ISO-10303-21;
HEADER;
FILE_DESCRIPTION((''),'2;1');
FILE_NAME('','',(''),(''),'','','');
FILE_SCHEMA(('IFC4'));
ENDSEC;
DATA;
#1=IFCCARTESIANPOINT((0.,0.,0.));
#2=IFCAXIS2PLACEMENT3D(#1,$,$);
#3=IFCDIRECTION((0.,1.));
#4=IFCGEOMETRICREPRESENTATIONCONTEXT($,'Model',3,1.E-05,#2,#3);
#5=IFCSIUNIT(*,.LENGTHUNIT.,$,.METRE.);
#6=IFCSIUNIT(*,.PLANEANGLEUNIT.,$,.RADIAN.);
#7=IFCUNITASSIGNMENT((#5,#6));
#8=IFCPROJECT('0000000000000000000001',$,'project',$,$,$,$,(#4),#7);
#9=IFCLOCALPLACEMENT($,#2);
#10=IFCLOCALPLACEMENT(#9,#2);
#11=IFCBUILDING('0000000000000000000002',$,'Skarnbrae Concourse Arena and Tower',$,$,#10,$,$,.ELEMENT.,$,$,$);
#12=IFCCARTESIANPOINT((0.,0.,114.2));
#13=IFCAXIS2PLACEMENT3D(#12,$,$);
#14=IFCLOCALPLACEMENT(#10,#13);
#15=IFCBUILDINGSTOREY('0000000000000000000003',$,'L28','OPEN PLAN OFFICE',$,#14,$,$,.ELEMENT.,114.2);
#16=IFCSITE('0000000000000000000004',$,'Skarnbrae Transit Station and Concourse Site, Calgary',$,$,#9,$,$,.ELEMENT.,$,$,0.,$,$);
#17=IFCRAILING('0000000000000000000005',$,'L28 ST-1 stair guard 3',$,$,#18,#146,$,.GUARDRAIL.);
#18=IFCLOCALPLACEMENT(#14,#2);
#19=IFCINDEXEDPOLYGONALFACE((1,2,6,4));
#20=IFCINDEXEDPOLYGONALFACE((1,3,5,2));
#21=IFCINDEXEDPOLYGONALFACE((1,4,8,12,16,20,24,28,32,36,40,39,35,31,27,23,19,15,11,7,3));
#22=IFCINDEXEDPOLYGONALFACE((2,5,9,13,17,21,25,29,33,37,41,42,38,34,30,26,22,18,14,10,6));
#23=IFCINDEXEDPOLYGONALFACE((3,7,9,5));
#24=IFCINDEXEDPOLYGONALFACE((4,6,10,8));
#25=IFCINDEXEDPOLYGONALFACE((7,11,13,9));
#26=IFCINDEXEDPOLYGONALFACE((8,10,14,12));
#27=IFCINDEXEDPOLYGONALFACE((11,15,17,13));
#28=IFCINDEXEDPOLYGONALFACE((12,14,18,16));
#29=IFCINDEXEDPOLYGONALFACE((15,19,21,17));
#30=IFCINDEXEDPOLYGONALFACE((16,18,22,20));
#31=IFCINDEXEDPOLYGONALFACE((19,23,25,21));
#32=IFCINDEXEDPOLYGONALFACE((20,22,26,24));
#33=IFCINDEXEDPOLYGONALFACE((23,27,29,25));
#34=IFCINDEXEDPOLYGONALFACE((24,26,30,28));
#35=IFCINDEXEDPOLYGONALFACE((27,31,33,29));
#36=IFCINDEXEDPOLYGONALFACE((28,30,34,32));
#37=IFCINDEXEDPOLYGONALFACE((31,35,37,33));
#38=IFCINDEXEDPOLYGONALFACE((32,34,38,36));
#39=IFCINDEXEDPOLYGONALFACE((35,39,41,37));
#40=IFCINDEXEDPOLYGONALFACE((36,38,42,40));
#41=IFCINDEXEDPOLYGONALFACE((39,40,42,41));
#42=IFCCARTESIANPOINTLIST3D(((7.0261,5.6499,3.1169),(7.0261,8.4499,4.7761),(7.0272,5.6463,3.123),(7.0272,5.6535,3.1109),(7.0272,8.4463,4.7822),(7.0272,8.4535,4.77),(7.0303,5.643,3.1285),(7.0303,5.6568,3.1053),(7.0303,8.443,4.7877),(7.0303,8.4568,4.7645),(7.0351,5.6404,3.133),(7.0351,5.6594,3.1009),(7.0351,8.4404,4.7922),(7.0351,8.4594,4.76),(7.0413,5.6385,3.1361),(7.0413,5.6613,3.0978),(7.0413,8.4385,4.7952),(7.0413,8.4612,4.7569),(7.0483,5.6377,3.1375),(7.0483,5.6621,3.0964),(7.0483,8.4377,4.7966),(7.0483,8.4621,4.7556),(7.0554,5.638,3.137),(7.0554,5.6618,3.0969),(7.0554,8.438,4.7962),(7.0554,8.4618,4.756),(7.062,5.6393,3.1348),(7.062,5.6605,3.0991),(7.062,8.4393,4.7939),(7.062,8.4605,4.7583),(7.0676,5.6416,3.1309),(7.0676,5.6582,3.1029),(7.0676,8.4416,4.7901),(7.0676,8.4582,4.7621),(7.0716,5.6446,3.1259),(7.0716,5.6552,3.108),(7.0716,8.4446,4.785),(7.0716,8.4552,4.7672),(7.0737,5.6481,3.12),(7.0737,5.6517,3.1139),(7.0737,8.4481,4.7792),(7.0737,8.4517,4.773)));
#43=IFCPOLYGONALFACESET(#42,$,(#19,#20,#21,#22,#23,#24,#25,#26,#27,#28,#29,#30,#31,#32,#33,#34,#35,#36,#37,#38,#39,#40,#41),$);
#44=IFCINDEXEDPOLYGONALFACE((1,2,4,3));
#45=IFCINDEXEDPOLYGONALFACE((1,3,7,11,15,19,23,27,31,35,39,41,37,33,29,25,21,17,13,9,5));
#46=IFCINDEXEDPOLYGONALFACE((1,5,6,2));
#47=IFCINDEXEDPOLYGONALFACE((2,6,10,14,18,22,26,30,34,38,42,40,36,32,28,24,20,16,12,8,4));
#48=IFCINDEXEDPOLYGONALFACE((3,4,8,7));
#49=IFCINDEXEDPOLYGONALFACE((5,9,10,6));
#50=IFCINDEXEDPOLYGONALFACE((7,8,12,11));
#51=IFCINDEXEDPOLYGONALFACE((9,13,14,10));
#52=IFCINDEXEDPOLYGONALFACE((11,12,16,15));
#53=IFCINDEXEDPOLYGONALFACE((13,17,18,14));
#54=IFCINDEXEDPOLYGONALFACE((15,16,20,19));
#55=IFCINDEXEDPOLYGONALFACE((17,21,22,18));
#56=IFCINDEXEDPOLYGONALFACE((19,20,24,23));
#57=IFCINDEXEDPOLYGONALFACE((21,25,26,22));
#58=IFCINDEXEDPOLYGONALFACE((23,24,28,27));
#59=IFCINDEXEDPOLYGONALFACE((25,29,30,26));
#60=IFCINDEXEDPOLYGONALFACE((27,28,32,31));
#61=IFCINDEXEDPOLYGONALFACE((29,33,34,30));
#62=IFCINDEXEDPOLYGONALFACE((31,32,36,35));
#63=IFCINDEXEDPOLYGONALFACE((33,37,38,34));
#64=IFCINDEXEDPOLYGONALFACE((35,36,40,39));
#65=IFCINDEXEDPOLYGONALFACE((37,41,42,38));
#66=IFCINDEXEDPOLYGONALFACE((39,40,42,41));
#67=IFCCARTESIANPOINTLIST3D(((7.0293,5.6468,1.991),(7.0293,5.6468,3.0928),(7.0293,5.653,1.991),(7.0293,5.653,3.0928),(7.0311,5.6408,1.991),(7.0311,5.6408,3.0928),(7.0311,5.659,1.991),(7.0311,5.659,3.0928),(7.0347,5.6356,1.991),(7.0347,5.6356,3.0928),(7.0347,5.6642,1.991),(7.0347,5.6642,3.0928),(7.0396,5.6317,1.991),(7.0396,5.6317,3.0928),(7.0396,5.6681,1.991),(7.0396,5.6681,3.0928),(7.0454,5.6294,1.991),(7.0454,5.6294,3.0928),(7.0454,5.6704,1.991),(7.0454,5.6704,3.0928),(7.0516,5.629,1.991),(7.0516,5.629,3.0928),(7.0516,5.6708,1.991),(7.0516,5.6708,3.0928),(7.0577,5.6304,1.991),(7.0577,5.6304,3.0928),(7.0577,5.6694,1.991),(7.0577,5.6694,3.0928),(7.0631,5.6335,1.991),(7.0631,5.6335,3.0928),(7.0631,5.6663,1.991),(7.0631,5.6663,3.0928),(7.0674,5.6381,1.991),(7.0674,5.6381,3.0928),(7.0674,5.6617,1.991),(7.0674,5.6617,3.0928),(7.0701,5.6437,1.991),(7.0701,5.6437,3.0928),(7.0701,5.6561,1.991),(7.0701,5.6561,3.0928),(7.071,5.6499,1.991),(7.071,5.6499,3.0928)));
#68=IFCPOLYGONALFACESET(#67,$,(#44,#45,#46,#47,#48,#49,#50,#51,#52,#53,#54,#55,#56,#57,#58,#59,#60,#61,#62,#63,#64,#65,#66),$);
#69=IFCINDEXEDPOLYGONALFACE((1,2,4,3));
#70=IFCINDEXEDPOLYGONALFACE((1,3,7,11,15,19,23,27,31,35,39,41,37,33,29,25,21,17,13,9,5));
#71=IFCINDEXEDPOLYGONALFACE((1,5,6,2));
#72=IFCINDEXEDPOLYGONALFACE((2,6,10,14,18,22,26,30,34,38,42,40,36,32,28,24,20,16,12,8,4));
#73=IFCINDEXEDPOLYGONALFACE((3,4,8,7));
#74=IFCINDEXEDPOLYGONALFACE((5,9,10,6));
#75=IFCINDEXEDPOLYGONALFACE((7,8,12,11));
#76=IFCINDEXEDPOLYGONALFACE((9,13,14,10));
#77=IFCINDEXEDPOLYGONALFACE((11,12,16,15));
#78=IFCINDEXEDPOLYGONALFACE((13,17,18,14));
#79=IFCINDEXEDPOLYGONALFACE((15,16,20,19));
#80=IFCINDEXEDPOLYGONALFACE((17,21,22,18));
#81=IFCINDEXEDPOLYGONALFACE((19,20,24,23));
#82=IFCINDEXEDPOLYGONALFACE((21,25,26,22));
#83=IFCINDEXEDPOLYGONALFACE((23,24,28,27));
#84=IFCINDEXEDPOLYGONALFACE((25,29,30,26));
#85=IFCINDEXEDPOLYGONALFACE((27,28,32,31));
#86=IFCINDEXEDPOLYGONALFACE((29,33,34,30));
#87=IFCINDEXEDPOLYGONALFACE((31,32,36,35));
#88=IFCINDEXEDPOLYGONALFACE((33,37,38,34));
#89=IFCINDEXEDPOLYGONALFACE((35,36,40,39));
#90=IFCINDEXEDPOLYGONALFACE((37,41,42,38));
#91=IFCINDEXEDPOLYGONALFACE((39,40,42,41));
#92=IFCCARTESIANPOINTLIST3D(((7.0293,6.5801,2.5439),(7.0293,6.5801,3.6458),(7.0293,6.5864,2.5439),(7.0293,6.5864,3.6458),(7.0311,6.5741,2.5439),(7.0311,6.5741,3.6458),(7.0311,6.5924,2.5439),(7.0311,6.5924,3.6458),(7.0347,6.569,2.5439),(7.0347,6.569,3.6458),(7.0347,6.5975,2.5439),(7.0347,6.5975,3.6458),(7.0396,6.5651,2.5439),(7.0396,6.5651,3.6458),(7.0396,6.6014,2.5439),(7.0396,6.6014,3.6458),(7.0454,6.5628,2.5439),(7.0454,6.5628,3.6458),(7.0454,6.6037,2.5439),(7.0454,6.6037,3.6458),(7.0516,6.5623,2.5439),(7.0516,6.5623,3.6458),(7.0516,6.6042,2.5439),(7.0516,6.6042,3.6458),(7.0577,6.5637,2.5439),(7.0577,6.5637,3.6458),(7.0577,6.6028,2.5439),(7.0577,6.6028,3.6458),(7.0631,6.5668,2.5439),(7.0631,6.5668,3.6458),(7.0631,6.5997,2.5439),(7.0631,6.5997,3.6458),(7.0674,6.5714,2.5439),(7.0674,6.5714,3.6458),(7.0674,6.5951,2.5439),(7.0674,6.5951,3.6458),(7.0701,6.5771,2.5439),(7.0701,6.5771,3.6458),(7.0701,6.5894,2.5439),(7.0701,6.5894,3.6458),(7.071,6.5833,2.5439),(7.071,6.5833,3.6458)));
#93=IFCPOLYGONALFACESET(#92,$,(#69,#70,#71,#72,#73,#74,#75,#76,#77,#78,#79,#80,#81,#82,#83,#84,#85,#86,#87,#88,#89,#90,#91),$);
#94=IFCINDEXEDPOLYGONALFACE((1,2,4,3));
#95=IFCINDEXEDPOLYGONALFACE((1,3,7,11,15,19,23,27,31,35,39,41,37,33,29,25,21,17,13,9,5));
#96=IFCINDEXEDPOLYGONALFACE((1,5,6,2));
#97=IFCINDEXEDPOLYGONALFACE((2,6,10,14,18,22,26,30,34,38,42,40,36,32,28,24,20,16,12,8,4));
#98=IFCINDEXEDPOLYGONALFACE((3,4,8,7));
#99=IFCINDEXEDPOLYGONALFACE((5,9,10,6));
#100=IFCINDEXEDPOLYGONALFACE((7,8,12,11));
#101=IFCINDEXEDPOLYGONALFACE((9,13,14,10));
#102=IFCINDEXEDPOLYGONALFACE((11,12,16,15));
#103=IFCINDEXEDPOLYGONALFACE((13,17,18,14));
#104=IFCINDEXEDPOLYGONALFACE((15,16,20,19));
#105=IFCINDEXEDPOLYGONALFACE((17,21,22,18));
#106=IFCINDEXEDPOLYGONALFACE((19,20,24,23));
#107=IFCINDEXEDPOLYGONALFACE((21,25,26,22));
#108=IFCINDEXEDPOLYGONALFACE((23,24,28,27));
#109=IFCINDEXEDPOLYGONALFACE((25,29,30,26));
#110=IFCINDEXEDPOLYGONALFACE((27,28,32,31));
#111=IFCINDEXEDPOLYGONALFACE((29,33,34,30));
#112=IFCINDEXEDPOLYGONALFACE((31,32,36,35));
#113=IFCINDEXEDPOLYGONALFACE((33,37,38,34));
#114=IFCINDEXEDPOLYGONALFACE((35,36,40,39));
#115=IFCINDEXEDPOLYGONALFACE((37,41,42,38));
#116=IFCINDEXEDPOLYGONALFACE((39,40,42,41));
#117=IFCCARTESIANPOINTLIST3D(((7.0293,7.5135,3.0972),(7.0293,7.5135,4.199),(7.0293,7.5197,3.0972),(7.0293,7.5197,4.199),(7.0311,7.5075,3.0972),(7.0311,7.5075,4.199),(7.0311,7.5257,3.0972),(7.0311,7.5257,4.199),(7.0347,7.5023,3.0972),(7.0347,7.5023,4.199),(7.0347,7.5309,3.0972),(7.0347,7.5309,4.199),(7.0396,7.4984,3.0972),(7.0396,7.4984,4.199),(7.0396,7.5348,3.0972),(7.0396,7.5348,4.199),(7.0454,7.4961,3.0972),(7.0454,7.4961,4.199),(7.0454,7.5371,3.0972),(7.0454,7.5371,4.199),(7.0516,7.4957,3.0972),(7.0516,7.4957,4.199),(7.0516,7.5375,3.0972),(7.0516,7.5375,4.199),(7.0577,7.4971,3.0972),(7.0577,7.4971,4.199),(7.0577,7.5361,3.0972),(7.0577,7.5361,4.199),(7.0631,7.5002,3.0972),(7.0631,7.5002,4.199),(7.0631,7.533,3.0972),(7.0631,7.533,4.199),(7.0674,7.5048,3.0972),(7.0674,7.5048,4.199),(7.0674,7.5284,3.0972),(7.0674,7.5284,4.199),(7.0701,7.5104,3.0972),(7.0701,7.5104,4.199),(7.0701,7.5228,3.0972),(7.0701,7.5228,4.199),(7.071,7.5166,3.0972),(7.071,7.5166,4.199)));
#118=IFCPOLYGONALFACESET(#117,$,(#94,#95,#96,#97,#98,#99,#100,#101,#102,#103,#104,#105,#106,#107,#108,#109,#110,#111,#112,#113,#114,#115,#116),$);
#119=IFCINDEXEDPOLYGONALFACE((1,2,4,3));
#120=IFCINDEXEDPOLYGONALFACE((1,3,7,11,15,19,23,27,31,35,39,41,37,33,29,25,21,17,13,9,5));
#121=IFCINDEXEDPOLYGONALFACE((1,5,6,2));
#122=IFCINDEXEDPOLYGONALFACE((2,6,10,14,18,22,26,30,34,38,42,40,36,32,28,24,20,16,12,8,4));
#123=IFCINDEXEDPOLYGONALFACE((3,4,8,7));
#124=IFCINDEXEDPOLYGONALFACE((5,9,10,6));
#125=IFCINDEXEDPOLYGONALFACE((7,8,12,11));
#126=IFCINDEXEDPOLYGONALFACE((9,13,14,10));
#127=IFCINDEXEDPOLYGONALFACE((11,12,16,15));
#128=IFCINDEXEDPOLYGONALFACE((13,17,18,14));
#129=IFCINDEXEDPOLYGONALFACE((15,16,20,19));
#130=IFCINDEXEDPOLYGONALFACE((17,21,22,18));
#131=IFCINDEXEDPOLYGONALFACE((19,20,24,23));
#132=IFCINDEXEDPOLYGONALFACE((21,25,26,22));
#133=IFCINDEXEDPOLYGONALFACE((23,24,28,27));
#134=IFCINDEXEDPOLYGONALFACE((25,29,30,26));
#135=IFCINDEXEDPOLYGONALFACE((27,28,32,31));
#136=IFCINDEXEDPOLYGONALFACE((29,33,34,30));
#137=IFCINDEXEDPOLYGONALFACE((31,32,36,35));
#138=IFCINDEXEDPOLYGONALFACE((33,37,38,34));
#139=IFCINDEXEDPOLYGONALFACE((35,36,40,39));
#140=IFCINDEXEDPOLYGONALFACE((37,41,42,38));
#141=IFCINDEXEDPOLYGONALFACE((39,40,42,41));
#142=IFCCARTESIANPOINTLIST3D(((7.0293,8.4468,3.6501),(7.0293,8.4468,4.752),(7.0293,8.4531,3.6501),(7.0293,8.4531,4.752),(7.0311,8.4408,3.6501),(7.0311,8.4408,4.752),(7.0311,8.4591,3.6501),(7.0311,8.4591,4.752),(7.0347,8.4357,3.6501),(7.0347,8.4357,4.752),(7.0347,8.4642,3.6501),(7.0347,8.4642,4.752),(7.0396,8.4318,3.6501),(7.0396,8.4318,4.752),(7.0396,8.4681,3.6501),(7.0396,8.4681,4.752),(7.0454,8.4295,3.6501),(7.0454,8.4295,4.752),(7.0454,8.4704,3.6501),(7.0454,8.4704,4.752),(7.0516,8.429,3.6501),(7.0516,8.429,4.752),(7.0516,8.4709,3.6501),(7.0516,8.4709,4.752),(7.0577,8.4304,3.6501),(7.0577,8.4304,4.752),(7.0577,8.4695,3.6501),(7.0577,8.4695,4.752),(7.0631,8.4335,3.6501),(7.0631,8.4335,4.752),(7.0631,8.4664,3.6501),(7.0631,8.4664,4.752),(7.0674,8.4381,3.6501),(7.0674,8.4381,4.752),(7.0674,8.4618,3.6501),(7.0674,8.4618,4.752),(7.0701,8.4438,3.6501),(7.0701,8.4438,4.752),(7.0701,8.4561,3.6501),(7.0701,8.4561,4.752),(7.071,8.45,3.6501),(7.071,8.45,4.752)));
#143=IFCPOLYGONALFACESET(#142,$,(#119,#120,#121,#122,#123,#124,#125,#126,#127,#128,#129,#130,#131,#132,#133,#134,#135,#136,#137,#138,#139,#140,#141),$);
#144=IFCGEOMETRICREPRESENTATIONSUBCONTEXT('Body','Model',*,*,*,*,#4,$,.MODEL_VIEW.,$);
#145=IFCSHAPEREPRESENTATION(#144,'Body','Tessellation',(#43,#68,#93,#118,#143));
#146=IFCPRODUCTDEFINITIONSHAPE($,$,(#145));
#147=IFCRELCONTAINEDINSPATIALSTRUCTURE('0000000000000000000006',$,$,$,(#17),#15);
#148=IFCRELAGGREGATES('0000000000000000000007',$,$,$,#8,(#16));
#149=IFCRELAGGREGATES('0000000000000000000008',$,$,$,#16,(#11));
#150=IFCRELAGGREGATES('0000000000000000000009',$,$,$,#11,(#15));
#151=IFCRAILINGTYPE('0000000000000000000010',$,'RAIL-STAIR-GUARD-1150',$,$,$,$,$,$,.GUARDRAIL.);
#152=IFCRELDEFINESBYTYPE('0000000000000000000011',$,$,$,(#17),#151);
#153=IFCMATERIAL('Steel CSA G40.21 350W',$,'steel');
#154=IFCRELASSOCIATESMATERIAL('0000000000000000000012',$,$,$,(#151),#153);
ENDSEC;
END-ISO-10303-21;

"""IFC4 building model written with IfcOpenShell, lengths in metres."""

from ifc_helpers import new_model, si_unit, direction, frame, origin, origin_2d, place, context, subcontext, project, spatial, circle, extrude, material, type_object, element, save


model = new_model("IFC4")

# Units and contexts
model_context = context("Model", 3, precision=1e-05, world=origin(), true_north=direction((0.0, 1.0)))
body_context = subcontext(model_context, "Body", "Model", "MODEL_VIEW")
ifc_project = project(units=[si_unit("LENGTHUNIT", "METRE"), si_unit("PLANEANGLEUNIT", "RADIAN")], contexts=[model_context])

# Site, building, storey
site_placement = place(None, origin())
site = spatial("IfcSite", under=ifc_project, at=site_placement, Name="Skarnbrae Transit Station and Concourse Site, Calgary", CompositionType="ELEMENT", RefElevation=0.0)
building_placement = place(site_placement, origin())
building = spatial("IfcBuilding", under=site, at=building_placement, Name="Skarnbrae Concourse Arena and Tower", CompositionType="ELEMENT")
storey_placement = place(building_placement, frame((0.0, 0.0, 114.2)))
storey = spatial("IfcBuildingStorey", under=building, at=storey_placement, Name="L28", Description="OPEN PLAN OFFICE", CompositionType="ELEMENT", Elevation=114.2)

# Railing
ifc_material_1 = material(Name="Steel CSA G40.21 350W", Category="steel")
railing_type_1 = type_object("IfcRailingType", Name="RAIL-STAIR-GUARD-1150", PredefinedType="GUARDRAIL", material=ifc_material_1)
railing_1_placement = place(storey_placement, frame((7.05, 5.6499, 1.991)))
element("IfcRailing", 1, at=railing_1_placement, inside=storey, type_object=railing_type_1, Name="L28 ST-1 stair guard 3", PredefinedType="GUARDRAIL", context=body_context, shape_type="SweptSolid", body=[
    extrude(circle(Radius=0.0239, at=origin_2d()), frame((0.0, 0.0, 1.126), z_axis=(0.0, 0.860306, 0.509778), x_axis=(-1.0, 0.0, 0.0)), (0.0, 0.0, 1.0), 3.2546),
    extrude(circle(Radius=0.021, at=origin_2d()), origin(), (0.0, 0.0, 1.0), 1.1018),
    extrude(circle(Radius=0.021, at=origin_2d()), frame((0.0, 0.9333, 0.553)), (0.0, 0.0, 1.0), 1.1018),
    extrude(circle(Radius=0.021, at=origin_2d()), frame((0.0, 1.8667, 1.1062)), (0.0, 0.0, 1.0), 1.1018),
    extrude(circle(Radius=0.021, at=origin_2d()), frame((0.0, 2.8, 1.6592)), (0.0, 0.0, 1.0), 1.1018),
])

save(model, "model.ifc")
